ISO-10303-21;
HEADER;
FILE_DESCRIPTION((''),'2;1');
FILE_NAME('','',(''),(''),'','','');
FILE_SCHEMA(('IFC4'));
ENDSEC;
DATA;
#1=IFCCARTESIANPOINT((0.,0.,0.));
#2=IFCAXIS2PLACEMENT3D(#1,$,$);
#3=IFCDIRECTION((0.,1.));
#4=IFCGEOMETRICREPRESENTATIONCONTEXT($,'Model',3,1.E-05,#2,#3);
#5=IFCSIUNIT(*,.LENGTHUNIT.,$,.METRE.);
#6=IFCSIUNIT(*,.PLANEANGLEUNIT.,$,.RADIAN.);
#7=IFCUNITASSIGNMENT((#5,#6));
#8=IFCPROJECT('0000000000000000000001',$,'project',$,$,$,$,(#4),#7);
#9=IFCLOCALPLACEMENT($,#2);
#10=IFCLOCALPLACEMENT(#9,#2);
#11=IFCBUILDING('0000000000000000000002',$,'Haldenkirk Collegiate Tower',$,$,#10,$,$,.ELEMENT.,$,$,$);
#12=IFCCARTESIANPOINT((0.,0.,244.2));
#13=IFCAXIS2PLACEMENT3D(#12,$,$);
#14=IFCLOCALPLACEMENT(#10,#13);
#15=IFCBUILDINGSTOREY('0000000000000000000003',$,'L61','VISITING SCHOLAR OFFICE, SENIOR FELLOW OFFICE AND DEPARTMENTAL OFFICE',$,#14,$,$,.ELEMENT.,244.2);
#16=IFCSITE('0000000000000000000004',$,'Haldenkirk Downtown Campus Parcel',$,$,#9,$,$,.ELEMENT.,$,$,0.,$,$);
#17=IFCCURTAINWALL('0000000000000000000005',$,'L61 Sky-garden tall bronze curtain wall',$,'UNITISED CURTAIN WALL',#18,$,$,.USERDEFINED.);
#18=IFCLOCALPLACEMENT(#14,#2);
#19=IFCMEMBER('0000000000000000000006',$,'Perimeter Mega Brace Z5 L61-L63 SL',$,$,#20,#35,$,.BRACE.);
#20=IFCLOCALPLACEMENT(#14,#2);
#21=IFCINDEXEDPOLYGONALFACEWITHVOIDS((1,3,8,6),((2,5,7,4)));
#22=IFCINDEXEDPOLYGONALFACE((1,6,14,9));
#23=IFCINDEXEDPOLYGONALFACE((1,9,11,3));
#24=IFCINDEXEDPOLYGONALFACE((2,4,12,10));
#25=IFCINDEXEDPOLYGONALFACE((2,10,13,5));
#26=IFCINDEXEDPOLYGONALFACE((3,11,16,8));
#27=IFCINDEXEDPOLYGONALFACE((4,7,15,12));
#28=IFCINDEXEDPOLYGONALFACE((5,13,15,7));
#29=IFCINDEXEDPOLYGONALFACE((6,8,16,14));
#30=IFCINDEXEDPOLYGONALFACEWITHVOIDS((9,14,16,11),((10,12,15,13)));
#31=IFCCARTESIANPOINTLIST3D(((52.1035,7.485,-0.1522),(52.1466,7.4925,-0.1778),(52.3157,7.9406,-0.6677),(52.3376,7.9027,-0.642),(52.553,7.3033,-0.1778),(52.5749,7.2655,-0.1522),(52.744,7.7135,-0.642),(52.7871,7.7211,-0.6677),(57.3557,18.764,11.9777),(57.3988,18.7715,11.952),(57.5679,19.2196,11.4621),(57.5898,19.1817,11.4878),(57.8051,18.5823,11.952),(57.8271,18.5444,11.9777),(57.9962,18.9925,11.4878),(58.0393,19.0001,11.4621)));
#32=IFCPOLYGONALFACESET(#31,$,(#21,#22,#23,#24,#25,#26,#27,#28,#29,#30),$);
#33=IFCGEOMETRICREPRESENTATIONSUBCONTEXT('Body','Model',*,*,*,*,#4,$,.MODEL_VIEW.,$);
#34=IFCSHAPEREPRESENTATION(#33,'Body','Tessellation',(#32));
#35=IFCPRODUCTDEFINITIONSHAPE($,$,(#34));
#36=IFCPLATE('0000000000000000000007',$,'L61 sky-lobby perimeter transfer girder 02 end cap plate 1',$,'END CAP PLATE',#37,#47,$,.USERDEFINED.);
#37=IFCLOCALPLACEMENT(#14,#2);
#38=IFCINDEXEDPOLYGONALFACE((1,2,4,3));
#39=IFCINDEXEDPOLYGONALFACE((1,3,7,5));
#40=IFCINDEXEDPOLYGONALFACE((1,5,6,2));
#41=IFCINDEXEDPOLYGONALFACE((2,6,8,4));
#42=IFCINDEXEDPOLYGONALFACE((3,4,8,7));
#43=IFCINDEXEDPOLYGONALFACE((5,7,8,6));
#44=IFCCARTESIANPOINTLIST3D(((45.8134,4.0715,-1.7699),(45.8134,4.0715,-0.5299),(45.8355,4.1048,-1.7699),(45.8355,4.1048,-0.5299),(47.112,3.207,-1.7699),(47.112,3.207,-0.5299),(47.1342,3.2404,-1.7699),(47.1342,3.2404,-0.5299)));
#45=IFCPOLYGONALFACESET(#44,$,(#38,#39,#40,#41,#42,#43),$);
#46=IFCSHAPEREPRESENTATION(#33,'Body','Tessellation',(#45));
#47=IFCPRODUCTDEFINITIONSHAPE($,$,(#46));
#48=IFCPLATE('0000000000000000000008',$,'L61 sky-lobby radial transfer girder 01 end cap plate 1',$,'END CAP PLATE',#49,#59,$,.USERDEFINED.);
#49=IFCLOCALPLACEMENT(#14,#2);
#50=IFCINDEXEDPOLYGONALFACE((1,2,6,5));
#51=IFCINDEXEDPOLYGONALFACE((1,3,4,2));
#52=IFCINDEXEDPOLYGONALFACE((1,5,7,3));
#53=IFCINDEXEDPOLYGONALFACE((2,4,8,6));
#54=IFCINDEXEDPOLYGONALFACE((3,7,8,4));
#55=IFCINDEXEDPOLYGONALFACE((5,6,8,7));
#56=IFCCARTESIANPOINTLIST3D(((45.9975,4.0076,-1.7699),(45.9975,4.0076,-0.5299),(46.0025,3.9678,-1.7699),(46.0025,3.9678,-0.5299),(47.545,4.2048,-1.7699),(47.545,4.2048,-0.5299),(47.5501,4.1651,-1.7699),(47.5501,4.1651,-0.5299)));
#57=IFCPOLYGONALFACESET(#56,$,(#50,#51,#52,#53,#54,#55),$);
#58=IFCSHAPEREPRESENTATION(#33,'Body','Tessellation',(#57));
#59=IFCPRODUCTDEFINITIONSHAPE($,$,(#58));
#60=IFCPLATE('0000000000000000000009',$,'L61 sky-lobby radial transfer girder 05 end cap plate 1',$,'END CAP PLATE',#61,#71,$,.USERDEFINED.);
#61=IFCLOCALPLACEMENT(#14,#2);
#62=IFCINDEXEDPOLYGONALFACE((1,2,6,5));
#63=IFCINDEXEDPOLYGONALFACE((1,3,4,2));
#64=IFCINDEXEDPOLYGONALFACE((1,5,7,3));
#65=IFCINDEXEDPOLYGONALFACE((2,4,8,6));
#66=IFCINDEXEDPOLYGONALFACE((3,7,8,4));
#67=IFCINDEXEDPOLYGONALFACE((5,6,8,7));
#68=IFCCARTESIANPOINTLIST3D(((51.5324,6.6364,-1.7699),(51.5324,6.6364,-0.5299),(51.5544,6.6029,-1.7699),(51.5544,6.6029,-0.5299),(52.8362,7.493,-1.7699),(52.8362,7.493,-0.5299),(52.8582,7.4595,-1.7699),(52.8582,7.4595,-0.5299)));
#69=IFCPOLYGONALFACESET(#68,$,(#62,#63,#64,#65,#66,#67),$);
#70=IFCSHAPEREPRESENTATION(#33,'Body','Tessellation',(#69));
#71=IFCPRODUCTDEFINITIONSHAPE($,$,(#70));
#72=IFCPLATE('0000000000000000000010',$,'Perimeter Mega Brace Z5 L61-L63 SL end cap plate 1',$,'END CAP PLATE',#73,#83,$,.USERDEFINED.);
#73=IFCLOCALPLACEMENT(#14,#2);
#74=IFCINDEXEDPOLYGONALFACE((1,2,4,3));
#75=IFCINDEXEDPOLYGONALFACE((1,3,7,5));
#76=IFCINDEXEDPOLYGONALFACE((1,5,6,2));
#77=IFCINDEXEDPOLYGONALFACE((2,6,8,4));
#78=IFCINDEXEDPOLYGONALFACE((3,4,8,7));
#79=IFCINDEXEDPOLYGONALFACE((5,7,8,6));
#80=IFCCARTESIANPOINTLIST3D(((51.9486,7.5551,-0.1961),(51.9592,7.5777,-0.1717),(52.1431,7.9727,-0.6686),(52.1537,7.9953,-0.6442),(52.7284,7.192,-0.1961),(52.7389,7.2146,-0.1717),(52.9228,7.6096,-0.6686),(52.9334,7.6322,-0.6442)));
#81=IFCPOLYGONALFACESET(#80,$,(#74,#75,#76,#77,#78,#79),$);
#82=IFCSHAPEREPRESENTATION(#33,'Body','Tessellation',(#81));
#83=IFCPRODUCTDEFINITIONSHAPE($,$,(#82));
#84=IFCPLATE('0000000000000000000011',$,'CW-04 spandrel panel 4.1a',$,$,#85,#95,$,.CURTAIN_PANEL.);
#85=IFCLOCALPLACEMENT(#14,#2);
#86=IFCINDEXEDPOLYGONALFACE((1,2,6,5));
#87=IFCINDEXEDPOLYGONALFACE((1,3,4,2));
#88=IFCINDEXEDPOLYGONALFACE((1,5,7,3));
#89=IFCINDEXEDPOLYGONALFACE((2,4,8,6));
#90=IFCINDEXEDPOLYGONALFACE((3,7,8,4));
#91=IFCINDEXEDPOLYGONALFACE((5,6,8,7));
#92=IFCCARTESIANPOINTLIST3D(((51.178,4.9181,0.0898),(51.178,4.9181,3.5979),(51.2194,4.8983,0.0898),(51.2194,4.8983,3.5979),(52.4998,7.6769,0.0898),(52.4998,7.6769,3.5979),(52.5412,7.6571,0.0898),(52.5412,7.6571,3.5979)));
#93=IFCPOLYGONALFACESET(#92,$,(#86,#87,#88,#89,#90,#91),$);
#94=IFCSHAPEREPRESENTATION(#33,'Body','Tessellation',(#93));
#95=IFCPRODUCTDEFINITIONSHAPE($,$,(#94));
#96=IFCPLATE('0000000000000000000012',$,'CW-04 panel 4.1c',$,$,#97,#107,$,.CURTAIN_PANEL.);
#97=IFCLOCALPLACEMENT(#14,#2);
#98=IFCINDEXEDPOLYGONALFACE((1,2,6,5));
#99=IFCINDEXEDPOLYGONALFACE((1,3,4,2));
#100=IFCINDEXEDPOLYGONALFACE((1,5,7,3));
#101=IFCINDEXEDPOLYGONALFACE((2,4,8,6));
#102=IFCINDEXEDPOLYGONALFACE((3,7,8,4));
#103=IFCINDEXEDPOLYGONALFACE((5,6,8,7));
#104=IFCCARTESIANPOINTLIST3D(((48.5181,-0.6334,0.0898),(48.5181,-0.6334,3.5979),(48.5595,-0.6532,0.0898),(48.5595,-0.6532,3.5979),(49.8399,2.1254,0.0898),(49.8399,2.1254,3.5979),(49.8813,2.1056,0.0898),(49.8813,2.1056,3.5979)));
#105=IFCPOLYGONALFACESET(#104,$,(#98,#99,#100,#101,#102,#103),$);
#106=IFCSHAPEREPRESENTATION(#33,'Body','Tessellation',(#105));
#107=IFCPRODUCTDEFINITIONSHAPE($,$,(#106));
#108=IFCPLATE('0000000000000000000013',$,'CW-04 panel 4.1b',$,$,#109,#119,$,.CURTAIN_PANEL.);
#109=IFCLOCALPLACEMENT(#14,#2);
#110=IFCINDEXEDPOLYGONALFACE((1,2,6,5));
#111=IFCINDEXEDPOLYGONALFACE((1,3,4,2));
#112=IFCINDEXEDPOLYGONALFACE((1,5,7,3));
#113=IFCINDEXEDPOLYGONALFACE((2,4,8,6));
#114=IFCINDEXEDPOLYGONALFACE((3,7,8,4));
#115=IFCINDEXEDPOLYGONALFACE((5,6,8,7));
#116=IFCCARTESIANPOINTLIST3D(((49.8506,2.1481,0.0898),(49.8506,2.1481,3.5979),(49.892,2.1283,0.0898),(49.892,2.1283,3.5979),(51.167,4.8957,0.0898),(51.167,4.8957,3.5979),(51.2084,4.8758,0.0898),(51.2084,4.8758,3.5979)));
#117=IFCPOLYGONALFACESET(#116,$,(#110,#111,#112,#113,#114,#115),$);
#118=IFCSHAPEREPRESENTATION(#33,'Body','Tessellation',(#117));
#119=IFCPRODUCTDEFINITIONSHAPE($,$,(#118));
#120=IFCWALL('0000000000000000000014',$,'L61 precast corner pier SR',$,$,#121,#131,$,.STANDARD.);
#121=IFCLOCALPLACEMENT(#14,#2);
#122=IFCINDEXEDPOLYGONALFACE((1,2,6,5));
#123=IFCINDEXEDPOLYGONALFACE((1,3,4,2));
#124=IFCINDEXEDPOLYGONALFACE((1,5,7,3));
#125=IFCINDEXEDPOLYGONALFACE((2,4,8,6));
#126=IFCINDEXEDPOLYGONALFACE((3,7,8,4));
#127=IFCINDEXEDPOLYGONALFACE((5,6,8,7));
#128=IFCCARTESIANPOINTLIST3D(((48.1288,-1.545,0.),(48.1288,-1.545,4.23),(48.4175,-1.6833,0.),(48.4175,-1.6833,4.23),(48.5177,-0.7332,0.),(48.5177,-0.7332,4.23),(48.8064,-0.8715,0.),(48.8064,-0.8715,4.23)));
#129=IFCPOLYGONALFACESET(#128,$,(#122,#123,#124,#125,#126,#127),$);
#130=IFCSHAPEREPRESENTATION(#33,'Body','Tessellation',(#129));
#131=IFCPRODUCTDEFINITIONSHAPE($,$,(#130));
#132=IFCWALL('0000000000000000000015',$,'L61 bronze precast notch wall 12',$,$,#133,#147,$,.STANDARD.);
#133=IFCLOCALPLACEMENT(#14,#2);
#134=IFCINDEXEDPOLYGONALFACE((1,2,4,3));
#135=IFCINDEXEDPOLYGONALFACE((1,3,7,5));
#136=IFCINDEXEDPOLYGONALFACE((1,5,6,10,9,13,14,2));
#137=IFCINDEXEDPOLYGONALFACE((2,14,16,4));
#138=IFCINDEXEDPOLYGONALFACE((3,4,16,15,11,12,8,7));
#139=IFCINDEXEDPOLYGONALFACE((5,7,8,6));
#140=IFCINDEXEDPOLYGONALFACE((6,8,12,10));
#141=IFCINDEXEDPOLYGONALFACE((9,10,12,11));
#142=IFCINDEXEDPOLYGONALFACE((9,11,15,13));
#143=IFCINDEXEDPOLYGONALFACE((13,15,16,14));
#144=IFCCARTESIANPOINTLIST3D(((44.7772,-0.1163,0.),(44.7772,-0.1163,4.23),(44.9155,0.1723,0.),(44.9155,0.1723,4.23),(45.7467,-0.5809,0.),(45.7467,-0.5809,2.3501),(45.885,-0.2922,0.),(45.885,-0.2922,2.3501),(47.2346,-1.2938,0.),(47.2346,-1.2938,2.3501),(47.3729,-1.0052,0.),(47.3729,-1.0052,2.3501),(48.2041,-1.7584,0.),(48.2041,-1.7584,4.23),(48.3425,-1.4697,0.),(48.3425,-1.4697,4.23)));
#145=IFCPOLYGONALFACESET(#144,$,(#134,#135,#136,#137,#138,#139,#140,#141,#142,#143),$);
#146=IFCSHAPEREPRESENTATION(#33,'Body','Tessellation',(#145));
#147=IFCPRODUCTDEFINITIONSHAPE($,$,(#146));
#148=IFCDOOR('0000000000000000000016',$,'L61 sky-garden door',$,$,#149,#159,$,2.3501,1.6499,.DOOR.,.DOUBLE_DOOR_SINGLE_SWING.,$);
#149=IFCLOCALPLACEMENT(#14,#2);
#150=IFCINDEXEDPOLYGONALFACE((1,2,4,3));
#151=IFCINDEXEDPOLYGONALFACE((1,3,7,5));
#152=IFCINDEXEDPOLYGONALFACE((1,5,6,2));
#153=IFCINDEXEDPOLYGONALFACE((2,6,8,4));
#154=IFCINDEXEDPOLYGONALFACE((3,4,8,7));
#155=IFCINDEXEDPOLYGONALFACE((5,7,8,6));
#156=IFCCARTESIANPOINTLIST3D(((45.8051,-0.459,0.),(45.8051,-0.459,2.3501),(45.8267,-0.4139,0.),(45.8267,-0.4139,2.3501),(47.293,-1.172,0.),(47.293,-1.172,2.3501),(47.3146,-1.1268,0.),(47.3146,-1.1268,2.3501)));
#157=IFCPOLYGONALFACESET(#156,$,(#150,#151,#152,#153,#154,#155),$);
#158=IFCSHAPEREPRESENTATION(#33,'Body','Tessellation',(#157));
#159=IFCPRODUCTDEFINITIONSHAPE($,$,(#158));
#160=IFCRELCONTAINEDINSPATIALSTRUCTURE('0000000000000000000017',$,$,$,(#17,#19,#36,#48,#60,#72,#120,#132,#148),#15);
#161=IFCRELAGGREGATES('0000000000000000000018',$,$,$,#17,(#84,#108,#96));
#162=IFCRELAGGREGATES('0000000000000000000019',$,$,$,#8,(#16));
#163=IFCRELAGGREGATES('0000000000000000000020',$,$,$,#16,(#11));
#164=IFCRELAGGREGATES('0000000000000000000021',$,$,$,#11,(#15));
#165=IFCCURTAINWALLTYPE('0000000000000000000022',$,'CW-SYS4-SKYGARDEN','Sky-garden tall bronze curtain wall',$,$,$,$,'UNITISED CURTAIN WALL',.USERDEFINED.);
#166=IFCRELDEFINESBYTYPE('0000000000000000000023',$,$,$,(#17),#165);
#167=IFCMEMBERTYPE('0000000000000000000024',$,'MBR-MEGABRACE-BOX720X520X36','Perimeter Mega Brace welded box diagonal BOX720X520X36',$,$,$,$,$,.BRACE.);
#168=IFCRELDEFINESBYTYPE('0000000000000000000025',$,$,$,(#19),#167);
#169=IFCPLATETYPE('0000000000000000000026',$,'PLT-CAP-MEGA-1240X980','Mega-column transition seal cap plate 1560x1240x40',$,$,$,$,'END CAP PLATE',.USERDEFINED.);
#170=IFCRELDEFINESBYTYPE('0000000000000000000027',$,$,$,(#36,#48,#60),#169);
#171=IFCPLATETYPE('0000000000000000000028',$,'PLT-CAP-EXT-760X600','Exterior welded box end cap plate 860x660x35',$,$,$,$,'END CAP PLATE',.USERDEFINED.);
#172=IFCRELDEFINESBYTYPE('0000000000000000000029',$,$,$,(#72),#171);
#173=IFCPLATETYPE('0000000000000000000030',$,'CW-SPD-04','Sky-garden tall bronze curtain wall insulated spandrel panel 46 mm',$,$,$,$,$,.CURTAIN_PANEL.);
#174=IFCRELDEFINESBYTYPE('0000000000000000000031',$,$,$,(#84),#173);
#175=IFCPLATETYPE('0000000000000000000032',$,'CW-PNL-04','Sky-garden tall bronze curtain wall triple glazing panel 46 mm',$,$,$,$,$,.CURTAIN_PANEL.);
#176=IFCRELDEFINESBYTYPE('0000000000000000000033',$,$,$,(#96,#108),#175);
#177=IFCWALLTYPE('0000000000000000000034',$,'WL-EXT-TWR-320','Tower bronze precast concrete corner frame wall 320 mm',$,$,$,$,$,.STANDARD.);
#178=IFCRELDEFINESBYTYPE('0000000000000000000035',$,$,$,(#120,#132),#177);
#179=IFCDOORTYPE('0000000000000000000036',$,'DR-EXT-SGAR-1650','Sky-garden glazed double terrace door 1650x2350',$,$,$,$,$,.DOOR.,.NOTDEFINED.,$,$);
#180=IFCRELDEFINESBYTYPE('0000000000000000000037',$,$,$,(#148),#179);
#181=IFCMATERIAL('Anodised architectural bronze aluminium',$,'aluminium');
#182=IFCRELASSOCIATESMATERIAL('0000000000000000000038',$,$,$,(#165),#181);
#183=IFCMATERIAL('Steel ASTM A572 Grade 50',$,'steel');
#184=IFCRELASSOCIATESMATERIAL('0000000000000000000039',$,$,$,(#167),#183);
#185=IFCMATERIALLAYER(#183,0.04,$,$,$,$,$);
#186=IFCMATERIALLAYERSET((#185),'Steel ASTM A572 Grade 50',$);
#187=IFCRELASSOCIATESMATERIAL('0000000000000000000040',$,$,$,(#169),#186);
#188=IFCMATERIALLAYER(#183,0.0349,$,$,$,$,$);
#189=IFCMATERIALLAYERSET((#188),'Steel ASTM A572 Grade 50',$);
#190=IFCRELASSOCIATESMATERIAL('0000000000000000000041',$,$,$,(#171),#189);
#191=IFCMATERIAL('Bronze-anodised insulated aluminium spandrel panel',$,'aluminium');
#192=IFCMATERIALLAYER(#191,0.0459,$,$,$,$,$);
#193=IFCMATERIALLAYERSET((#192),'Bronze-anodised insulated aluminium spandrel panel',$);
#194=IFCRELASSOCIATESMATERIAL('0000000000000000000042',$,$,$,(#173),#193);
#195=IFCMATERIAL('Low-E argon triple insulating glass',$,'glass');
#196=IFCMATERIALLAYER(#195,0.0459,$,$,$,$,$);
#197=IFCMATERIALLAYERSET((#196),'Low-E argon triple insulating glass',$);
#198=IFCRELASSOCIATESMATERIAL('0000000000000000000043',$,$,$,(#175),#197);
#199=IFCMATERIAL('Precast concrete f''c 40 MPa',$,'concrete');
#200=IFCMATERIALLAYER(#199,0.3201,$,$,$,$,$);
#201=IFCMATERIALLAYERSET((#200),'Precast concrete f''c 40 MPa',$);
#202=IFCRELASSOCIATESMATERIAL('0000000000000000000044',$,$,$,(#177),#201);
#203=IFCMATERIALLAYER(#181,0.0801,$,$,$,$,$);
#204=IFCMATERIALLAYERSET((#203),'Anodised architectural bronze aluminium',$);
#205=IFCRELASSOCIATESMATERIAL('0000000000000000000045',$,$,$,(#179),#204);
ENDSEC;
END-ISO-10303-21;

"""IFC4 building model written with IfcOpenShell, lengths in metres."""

from ifc_helpers import new_model, si_unit, direction, frame, frame_2d, origin, origin_2d, place, context, subcontext, project, spatial, rectangle, hollow_rectangle, extrude, source, transform, mapped, material, layer, layer_set, material_profile, profile_set, type_object, element, fill, aggregate, save


model = new_model("IFC4")

# Units and contexts
model_context = context("Model", 3, precision=1e-05, world=origin(), true_north=direction((0.0, 1.0)))
body_context = subcontext(model_context, "Body", "Model", "MODEL_VIEW")
ifc_project = project(units=[si_unit("LENGTHUNIT", "METRE"), si_unit("PLANEANGLEUNIT", "RADIAN")], contexts=[model_context])

# Site, building, storey
site_placement = place(None, origin())
site = spatial("IfcSite", under=ifc_project, at=site_placement, Name="Haldenkirk Downtown Campus Parcel", CompositionType="ELEMENT", RefElevation=0.0)
building_placement = place(site_placement, origin())
building = spatial("IfcBuilding", under=site, at=building_placement, Name="Haldenkirk Collegiate Tower", CompositionType="ELEMENT")
storey_placement = place(building_placement, frame((0.0, 0.0, 244.2)))
storey = spatial("IfcBuildingStorey", under=building, at=storey_placement, Name="L61", Description="VISITING SCHOLAR OFFICE, SENIOR FELLOW OFFICE AND DEPARTMENTAL OFFICE", CompositionType="ELEMENT", Elevation=244.2)

# Shared definitions
ifc_material_1 = material(Name="Steel ASTM A572 Grade 50", Category="steel")

# Curtain wall
ifc_material_2 = material(Name="Anodised architectural bronze aluminium", Category="aluminium")
curtain_wall_type = type_object("IfcCurtainWallType", Name="CW-SYS4-SKYGARDEN", Description="Sky-garden tall bronze curtain wall", ElementType="UNITISED CURTAIN WALL", PredefinedType="USERDEFINED", material=ifc_material_2)
curtain_wall_placement = place(storey_placement, origin())
curtain_wall = element("IfcCurtainWall", 1, at=curtain_wall_placement, inside=storey, type_object=curtain_wall_type, Name="L61 Sky-garden tall bronze curtain wall", ObjectType="UNITISED CURTAIN WALL", PredefinedType="USERDEFINED")

# Member
ifc_material_profile_1 = material_profile(ifc_material_1, hollow_rectangle(XDim=0.52, YDim=0.72, WallThickness=0.0359, at=origin_2d()), Name="BOX720X520X36")
ifc_profile_set_1 = profile_set([ifc_material_profile_1], Name="Steel ASTM A572 Grade 50")
member_type_1 = type_object("IfcMemberType", Name="MBR-MEGABRACE-BOX720X520X36", Description="Perimeter Mega Brace welded box diagonal BOX720X520X36", PredefinedType="BRACE", material=ifc_profile_set_1)
member_1_placement = place(storey_placement, frame((52.4453, 7.603, -0.4099), z_axis=(0.302262, 0.649105, 0.69807), x_axis=(-0.906533, 0.422136, 0.0)))
element("IfcMember", 2, at=member_1_placement, inside=storey, type_object=member_type_1, Name="Perimeter Mega Brace Z5 L61-L63 SL", PredefinedType="BRACE", context=body_context, shape_type="SweptSolid", body=[
    extrude(hollow_rectangle(XDim=0.52, YDim=0.72, WallThickness=0.0359, at=origin_2d()), origin(), (0.0, 0.0, 1.0), 17.3762),
])

# Plates
ifc_layer_1 = layer(ifc_material_1, 0.04)
ifc_layer_set_1 = layer_set([ifc_layer_1], Name="Steel ASTM A572 Grade 50")
plate_type_1 = type_object("IfcPlateType", Name="PLT-CAP-MEGA-1240X980", Description="Mega-column transition seal cap plate 1560x1240x40", ElementType="END CAP PLATE", PredefinedType="USERDEFINED", material=ifc_layer_set_1)
shared_shape_1 = source(origin(), body_context, "Body", "SweptSolid", [
    extrude(rectangle(XDim=1.5601, YDim=1.24, at=origin_2d()), origin(), (0.0, 0.0, 1.0), 0.04),
])
for number, where, z_axis, x_axis, name in (
    (3, (46.4849, 3.6726, -1.1499), (-0.554118, -0.832438, 0.0), (0.832438, -0.554118, 0.0), "L61 sky-lobby perimeter transfer girder 02 end cap plate 1"),
    (4, (46.7712, 4.1062, -1.1499), (0.12646, -0.991972, 0.0), (0.991972, 0.12646, 0.0), "L61 sky-lobby radial transfer girder 01 end cap plate 1"),
    (5, (52.1843, 7.0647, -1.1499), (0.549084, -0.835767, 0.0), (0.835767, 0.549084, 0.0), "L61 sky-lobby radial transfer girder 05 end cap plate 1"),
):
    element("IfcPlate", number, at=place(storey_placement, frame(where, z_axis=z_axis, x_axis=x_axis)), inside=storey, type_object=plate_type_1, Name=name, ObjectType="END CAP PLATE", PredefinedType="USERDEFINED", context=body_context, shape_type="MappedRepresentation", body=[
        mapped(shared_shape_1, transform((0.0, 0.0, 0.0), x_axis=(1.0, 0.0, 0.0), y_axis=(0.0, 1.0, 0.0), z_axis=(0.0, 0.0, 1.0), scale=1.0)),
    ])
ifc_layer_2 = layer(ifc_material_1, 0.0349)
ifc_layer_set_2 = layer_set([ifc_layer_2], Name="Steel ASTM A572 Grade 50")
plate_type_2 = type_object("IfcPlateType", Name="PLT-CAP-EXT-760X600", Description="Exterior welded box end cap plate 860x660x35", ElementType="END CAP PLATE", PredefinedType="USERDEFINED", material=ifc_layer_set_2)
shared_shape_2 = source(origin(), body_context, "Body", "SweptSolid", [
    extrude(rectangle(XDim=0.8601, YDim=0.6599, at=origin_2d()), origin(), (0.0, 0.0, 1.0), 0.0349),
])
plate_1_placement = place(storey_placement, frame((52.4463, 7.605, -0.408), z_axis=(-0.302261, -0.6491, -0.698074), x_axis=(0.906532, -0.422137, 0.0)))
element("IfcPlate", 6, at=plate_1_placement, inside=storey, type_object=plate_type_2, Name="Perimeter Mega Brace Z5 L61-L63 SL end cap plate 1", ObjectType="END CAP PLATE", PredefinedType="USERDEFINED", context=body_context, shape_type="MappedRepresentation", body=[
    mapped(shared_shape_2, transform((0.0, 0.0, 0.0), x_axis=(1.0, 0.0, 0.0), y_axis=(0.0, 1.0, 0.0), z_axis=(0.0, 0.0, 1.0), scale=1.0)),
])

# Plates
ifc_material_3 = material(Name="Bronze-anodised insulated aluminium spandrel panel", Category="aluminium")
ifc_layer_3 = layer(ifc_material_3, 0.0459)
ifc_layer_set_3 = layer_set([ifc_layer_3], Name="Bronze-anodised insulated aluminium spandrel panel")
plate_type_3 = type_object("IfcPlateType", Name="CW-SPD-04", Description="Sky-garden tall bronze curtain wall insulated spandrel panel 46 mm", PredefinedType="CURTAIN_PANEL", material=ifc_layer_set_3)
shared_shape_3 = source(origin(), body_context, "Body", "SweptSolid", [
    extrude(rectangle(XDim=3.0591, YDim=0.0459, at=origin_2d()), origin(), (0.0, 0.0, 1.0), 3.5081),
])
plate_2_placement = place(storey_placement, frame((51.8596, 6.2876, 0.0898), z_axis=(0.0, 0.0, 1.0), x_axis=(-0.432083, -0.901834, 0.0)))
plate_2 = element("IfcPlate", 7, at=plate_2_placement, type_object=plate_type_3, Name="CW-04 spandrel panel 4.1a", PredefinedType="CURTAIN_PANEL", context=body_context, shape_type="MappedRepresentation", body=[
    mapped(shared_shape_3, transform((0.0, 0.0, 0.0), x_axis=(1.0, 0.0, 0.0), y_axis=(0.0, 1.0, 0.0), z_axis=(0.0, 0.0, 1.0), scale=1.0)),
])
ifc_material_4 = material(Name="Low-E argon triple insulating glass", Category="glass")
ifc_layer_4 = layer(ifc_material_4, 0.0459)
ifc_layer_set_4 = layer_set([ifc_layer_4], Name="Low-E argon triple insulating glass")
plate_type_4 = type_object("IfcPlateType", Name="CW-PNL-04", Description="Sky-garden tall bronze curtain wall triple glazing panel 46 mm", PredefinedType="CURTAIN_PANEL", material=ifc_layer_set_4)
plate_3_placement = place(storey_placement, frame((49.1997, 0.7361, 0.0898), z_axis=(0.0, 0.0, 1.0), x_axis=(-0.432083, -0.901834, 0.0)))
plate_3 = element("IfcPlate", 8, at=plate_3_placement, type_object=plate_type_4, Name="CW-04 panel 4.1c", PredefinedType="CURTAIN_PANEL", context=body_context, shape_type="MappedRepresentation", body=[
    mapped(shared_shape_3, transform((0.0, 0.0, 0.0), x_axis=(1.0, 0.0, 0.0), y_axis=(0.0, 1.0, 0.0), z_axis=(0.0, 0.0, 1.0), scale=1.0)),
])
shared_shape_4 = source(origin(), body_context, "Body", "SweptSolid", [
    extrude(rectangle(XDim=3.0466, YDim=0.0459, at=origin_2d()), origin(), (0.0, 0.0, 1.0), 3.5081),
])
plate_4_placement = place(storey_placement, frame((50.5295, 3.512, 0.0898), z_axis=(0.0, 0.0, 1.0), x_axis=(-0.432083, -0.901834, 0.0)))
plate_4 = element("IfcPlate", 9, at=plate_4_placement, type_object=plate_type_4, Name="CW-04 panel 4.1b", PredefinedType="CURTAIN_PANEL", context=body_context, shape_type="MappedRepresentation", body=[
    mapped(shared_shape_4, transform((0.0, 0.0, 0.0), x_axis=(1.0, 0.0, 0.0), y_axis=(0.0, 1.0, 0.0), z_axis=(0.0, 0.0, 1.0), scale=1.0)),
])
aggregate(curtain_wall, [plate_2, plate_4, plate_3])

# Wall
ifc_material_5 = material(Name="Precast concrete f'c 40 MPa", Category="concrete")
ifc_layer_5 = layer(ifc_material_5, 0.3201)
ifc_layer_set_5 = layer_set([ifc_layer_5], Name="Precast concrete f'c 40 MPa")
wall_type = type_object("IfcWallType", Name="WL-EXT-TWR-320", Description="Tower bronze precast concrete corner frame wall 320 mm", PredefinedType="STANDARD", material=ifc_layer_set_5)
wall_1_placement = place(storey_placement, frame((48.6621, -0.8022, 0.0), z_axis=(0.0, 0.0, 1.0), x_axis=(-0.43207, -0.90184, 0.0)))
element("IfcWall", 10, at=wall_1_placement, inside=storey, type_object=wall_type, Name="L61 precast corner pier SR", PredefinedType="STANDARD", context=body_context, shape_type="SweptSolid", body=[
    extrude(rectangle(XDim=0.9001, YDim=0.3201, at=frame_2d((0.4502, 0.0))), origin(), (0.0, 0.0, 1.0), 4.23),
])

# Wall, opening, door
wall_2_placement = place(storey_placement, frame((48.2732, -1.614, 0.0), z_axis=(0.0, 0.0, 1.0), x_axis=(-0.901818, 0.432117, 0.0)))
wall_2 = element("IfcWall", 11, at=wall_2_placement, inside=storey, type_object=wall_type, Name="L61 bronze precast notch wall 12", PredefinedType="STANDARD", context=body_context, shape_type="SweptSolid", body=[
    extrude(rectangle(XDim=3.8, YDim=0.3201, at=frame_2d((1.8999, 0.0))), origin(), (0.0, 0.0, 1.0), 4.23),
])
opening_placement = place(wall_2_placement, frame((1.075, 0.0, 0.0)))
opening = element("IfcOpeningElement", 12, at=opening_placement, cuts=wall_2, PredefinedType="OPENING", context=body_context, shape_type="SweptSolid", body=[
    extrude(rectangle(XDim=1.6499, YDim=2.3501, at=frame_2d((0.825, 1.175))), frame((0.0, 0.1699, 0.0), z_axis=(0.0, -1.0, 0.0), x_axis=(1.0, 0.0, 0.0)), (0.0, 0.0, 1.0), 0.3401),
])
ifc_layer_6 = layer(ifc_material_2, 0.0801)
ifc_layer_set_6 = layer_set([ifc_layer_6], Name="Anodised architectural bronze aluminium")
door_type = type_object("IfcDoorType", Name="DR-EXT-SGAR-1650", Description="Sky-garden glazed double terrace door 1650x2350", OperationType="NOTDEFINED", PredefinedType="DOOR", material=ifc_layer_set_6)
door_placement = place(opening_placement, origin())
door = element("IfcDoor", 13, at=door_placement, inside=storey, type_object=door_type, Name="L61 sky-garden door", OperationType="DOUBLE_DOOR_SINGLE_SWING", OverallHeight=2.3501, OverallWidth=1.6499, PredefinedType="DOOR", context=body_context, shape_type="SweptSolid", body=[
    extrude(rectangle(XDim=1.6499, YDim=2.3501, at=frame_2d((0.825, 1.175))), frame((0.0, 0.0249, 0.0), z_axis=(0.0, -1.0, 0.0), x_axis=(1.0, 0.0, 0.0)), (0.0, 0.0, 1.0), 0.05),
])
fill(opening, door)

save(model, "model.ifc")
